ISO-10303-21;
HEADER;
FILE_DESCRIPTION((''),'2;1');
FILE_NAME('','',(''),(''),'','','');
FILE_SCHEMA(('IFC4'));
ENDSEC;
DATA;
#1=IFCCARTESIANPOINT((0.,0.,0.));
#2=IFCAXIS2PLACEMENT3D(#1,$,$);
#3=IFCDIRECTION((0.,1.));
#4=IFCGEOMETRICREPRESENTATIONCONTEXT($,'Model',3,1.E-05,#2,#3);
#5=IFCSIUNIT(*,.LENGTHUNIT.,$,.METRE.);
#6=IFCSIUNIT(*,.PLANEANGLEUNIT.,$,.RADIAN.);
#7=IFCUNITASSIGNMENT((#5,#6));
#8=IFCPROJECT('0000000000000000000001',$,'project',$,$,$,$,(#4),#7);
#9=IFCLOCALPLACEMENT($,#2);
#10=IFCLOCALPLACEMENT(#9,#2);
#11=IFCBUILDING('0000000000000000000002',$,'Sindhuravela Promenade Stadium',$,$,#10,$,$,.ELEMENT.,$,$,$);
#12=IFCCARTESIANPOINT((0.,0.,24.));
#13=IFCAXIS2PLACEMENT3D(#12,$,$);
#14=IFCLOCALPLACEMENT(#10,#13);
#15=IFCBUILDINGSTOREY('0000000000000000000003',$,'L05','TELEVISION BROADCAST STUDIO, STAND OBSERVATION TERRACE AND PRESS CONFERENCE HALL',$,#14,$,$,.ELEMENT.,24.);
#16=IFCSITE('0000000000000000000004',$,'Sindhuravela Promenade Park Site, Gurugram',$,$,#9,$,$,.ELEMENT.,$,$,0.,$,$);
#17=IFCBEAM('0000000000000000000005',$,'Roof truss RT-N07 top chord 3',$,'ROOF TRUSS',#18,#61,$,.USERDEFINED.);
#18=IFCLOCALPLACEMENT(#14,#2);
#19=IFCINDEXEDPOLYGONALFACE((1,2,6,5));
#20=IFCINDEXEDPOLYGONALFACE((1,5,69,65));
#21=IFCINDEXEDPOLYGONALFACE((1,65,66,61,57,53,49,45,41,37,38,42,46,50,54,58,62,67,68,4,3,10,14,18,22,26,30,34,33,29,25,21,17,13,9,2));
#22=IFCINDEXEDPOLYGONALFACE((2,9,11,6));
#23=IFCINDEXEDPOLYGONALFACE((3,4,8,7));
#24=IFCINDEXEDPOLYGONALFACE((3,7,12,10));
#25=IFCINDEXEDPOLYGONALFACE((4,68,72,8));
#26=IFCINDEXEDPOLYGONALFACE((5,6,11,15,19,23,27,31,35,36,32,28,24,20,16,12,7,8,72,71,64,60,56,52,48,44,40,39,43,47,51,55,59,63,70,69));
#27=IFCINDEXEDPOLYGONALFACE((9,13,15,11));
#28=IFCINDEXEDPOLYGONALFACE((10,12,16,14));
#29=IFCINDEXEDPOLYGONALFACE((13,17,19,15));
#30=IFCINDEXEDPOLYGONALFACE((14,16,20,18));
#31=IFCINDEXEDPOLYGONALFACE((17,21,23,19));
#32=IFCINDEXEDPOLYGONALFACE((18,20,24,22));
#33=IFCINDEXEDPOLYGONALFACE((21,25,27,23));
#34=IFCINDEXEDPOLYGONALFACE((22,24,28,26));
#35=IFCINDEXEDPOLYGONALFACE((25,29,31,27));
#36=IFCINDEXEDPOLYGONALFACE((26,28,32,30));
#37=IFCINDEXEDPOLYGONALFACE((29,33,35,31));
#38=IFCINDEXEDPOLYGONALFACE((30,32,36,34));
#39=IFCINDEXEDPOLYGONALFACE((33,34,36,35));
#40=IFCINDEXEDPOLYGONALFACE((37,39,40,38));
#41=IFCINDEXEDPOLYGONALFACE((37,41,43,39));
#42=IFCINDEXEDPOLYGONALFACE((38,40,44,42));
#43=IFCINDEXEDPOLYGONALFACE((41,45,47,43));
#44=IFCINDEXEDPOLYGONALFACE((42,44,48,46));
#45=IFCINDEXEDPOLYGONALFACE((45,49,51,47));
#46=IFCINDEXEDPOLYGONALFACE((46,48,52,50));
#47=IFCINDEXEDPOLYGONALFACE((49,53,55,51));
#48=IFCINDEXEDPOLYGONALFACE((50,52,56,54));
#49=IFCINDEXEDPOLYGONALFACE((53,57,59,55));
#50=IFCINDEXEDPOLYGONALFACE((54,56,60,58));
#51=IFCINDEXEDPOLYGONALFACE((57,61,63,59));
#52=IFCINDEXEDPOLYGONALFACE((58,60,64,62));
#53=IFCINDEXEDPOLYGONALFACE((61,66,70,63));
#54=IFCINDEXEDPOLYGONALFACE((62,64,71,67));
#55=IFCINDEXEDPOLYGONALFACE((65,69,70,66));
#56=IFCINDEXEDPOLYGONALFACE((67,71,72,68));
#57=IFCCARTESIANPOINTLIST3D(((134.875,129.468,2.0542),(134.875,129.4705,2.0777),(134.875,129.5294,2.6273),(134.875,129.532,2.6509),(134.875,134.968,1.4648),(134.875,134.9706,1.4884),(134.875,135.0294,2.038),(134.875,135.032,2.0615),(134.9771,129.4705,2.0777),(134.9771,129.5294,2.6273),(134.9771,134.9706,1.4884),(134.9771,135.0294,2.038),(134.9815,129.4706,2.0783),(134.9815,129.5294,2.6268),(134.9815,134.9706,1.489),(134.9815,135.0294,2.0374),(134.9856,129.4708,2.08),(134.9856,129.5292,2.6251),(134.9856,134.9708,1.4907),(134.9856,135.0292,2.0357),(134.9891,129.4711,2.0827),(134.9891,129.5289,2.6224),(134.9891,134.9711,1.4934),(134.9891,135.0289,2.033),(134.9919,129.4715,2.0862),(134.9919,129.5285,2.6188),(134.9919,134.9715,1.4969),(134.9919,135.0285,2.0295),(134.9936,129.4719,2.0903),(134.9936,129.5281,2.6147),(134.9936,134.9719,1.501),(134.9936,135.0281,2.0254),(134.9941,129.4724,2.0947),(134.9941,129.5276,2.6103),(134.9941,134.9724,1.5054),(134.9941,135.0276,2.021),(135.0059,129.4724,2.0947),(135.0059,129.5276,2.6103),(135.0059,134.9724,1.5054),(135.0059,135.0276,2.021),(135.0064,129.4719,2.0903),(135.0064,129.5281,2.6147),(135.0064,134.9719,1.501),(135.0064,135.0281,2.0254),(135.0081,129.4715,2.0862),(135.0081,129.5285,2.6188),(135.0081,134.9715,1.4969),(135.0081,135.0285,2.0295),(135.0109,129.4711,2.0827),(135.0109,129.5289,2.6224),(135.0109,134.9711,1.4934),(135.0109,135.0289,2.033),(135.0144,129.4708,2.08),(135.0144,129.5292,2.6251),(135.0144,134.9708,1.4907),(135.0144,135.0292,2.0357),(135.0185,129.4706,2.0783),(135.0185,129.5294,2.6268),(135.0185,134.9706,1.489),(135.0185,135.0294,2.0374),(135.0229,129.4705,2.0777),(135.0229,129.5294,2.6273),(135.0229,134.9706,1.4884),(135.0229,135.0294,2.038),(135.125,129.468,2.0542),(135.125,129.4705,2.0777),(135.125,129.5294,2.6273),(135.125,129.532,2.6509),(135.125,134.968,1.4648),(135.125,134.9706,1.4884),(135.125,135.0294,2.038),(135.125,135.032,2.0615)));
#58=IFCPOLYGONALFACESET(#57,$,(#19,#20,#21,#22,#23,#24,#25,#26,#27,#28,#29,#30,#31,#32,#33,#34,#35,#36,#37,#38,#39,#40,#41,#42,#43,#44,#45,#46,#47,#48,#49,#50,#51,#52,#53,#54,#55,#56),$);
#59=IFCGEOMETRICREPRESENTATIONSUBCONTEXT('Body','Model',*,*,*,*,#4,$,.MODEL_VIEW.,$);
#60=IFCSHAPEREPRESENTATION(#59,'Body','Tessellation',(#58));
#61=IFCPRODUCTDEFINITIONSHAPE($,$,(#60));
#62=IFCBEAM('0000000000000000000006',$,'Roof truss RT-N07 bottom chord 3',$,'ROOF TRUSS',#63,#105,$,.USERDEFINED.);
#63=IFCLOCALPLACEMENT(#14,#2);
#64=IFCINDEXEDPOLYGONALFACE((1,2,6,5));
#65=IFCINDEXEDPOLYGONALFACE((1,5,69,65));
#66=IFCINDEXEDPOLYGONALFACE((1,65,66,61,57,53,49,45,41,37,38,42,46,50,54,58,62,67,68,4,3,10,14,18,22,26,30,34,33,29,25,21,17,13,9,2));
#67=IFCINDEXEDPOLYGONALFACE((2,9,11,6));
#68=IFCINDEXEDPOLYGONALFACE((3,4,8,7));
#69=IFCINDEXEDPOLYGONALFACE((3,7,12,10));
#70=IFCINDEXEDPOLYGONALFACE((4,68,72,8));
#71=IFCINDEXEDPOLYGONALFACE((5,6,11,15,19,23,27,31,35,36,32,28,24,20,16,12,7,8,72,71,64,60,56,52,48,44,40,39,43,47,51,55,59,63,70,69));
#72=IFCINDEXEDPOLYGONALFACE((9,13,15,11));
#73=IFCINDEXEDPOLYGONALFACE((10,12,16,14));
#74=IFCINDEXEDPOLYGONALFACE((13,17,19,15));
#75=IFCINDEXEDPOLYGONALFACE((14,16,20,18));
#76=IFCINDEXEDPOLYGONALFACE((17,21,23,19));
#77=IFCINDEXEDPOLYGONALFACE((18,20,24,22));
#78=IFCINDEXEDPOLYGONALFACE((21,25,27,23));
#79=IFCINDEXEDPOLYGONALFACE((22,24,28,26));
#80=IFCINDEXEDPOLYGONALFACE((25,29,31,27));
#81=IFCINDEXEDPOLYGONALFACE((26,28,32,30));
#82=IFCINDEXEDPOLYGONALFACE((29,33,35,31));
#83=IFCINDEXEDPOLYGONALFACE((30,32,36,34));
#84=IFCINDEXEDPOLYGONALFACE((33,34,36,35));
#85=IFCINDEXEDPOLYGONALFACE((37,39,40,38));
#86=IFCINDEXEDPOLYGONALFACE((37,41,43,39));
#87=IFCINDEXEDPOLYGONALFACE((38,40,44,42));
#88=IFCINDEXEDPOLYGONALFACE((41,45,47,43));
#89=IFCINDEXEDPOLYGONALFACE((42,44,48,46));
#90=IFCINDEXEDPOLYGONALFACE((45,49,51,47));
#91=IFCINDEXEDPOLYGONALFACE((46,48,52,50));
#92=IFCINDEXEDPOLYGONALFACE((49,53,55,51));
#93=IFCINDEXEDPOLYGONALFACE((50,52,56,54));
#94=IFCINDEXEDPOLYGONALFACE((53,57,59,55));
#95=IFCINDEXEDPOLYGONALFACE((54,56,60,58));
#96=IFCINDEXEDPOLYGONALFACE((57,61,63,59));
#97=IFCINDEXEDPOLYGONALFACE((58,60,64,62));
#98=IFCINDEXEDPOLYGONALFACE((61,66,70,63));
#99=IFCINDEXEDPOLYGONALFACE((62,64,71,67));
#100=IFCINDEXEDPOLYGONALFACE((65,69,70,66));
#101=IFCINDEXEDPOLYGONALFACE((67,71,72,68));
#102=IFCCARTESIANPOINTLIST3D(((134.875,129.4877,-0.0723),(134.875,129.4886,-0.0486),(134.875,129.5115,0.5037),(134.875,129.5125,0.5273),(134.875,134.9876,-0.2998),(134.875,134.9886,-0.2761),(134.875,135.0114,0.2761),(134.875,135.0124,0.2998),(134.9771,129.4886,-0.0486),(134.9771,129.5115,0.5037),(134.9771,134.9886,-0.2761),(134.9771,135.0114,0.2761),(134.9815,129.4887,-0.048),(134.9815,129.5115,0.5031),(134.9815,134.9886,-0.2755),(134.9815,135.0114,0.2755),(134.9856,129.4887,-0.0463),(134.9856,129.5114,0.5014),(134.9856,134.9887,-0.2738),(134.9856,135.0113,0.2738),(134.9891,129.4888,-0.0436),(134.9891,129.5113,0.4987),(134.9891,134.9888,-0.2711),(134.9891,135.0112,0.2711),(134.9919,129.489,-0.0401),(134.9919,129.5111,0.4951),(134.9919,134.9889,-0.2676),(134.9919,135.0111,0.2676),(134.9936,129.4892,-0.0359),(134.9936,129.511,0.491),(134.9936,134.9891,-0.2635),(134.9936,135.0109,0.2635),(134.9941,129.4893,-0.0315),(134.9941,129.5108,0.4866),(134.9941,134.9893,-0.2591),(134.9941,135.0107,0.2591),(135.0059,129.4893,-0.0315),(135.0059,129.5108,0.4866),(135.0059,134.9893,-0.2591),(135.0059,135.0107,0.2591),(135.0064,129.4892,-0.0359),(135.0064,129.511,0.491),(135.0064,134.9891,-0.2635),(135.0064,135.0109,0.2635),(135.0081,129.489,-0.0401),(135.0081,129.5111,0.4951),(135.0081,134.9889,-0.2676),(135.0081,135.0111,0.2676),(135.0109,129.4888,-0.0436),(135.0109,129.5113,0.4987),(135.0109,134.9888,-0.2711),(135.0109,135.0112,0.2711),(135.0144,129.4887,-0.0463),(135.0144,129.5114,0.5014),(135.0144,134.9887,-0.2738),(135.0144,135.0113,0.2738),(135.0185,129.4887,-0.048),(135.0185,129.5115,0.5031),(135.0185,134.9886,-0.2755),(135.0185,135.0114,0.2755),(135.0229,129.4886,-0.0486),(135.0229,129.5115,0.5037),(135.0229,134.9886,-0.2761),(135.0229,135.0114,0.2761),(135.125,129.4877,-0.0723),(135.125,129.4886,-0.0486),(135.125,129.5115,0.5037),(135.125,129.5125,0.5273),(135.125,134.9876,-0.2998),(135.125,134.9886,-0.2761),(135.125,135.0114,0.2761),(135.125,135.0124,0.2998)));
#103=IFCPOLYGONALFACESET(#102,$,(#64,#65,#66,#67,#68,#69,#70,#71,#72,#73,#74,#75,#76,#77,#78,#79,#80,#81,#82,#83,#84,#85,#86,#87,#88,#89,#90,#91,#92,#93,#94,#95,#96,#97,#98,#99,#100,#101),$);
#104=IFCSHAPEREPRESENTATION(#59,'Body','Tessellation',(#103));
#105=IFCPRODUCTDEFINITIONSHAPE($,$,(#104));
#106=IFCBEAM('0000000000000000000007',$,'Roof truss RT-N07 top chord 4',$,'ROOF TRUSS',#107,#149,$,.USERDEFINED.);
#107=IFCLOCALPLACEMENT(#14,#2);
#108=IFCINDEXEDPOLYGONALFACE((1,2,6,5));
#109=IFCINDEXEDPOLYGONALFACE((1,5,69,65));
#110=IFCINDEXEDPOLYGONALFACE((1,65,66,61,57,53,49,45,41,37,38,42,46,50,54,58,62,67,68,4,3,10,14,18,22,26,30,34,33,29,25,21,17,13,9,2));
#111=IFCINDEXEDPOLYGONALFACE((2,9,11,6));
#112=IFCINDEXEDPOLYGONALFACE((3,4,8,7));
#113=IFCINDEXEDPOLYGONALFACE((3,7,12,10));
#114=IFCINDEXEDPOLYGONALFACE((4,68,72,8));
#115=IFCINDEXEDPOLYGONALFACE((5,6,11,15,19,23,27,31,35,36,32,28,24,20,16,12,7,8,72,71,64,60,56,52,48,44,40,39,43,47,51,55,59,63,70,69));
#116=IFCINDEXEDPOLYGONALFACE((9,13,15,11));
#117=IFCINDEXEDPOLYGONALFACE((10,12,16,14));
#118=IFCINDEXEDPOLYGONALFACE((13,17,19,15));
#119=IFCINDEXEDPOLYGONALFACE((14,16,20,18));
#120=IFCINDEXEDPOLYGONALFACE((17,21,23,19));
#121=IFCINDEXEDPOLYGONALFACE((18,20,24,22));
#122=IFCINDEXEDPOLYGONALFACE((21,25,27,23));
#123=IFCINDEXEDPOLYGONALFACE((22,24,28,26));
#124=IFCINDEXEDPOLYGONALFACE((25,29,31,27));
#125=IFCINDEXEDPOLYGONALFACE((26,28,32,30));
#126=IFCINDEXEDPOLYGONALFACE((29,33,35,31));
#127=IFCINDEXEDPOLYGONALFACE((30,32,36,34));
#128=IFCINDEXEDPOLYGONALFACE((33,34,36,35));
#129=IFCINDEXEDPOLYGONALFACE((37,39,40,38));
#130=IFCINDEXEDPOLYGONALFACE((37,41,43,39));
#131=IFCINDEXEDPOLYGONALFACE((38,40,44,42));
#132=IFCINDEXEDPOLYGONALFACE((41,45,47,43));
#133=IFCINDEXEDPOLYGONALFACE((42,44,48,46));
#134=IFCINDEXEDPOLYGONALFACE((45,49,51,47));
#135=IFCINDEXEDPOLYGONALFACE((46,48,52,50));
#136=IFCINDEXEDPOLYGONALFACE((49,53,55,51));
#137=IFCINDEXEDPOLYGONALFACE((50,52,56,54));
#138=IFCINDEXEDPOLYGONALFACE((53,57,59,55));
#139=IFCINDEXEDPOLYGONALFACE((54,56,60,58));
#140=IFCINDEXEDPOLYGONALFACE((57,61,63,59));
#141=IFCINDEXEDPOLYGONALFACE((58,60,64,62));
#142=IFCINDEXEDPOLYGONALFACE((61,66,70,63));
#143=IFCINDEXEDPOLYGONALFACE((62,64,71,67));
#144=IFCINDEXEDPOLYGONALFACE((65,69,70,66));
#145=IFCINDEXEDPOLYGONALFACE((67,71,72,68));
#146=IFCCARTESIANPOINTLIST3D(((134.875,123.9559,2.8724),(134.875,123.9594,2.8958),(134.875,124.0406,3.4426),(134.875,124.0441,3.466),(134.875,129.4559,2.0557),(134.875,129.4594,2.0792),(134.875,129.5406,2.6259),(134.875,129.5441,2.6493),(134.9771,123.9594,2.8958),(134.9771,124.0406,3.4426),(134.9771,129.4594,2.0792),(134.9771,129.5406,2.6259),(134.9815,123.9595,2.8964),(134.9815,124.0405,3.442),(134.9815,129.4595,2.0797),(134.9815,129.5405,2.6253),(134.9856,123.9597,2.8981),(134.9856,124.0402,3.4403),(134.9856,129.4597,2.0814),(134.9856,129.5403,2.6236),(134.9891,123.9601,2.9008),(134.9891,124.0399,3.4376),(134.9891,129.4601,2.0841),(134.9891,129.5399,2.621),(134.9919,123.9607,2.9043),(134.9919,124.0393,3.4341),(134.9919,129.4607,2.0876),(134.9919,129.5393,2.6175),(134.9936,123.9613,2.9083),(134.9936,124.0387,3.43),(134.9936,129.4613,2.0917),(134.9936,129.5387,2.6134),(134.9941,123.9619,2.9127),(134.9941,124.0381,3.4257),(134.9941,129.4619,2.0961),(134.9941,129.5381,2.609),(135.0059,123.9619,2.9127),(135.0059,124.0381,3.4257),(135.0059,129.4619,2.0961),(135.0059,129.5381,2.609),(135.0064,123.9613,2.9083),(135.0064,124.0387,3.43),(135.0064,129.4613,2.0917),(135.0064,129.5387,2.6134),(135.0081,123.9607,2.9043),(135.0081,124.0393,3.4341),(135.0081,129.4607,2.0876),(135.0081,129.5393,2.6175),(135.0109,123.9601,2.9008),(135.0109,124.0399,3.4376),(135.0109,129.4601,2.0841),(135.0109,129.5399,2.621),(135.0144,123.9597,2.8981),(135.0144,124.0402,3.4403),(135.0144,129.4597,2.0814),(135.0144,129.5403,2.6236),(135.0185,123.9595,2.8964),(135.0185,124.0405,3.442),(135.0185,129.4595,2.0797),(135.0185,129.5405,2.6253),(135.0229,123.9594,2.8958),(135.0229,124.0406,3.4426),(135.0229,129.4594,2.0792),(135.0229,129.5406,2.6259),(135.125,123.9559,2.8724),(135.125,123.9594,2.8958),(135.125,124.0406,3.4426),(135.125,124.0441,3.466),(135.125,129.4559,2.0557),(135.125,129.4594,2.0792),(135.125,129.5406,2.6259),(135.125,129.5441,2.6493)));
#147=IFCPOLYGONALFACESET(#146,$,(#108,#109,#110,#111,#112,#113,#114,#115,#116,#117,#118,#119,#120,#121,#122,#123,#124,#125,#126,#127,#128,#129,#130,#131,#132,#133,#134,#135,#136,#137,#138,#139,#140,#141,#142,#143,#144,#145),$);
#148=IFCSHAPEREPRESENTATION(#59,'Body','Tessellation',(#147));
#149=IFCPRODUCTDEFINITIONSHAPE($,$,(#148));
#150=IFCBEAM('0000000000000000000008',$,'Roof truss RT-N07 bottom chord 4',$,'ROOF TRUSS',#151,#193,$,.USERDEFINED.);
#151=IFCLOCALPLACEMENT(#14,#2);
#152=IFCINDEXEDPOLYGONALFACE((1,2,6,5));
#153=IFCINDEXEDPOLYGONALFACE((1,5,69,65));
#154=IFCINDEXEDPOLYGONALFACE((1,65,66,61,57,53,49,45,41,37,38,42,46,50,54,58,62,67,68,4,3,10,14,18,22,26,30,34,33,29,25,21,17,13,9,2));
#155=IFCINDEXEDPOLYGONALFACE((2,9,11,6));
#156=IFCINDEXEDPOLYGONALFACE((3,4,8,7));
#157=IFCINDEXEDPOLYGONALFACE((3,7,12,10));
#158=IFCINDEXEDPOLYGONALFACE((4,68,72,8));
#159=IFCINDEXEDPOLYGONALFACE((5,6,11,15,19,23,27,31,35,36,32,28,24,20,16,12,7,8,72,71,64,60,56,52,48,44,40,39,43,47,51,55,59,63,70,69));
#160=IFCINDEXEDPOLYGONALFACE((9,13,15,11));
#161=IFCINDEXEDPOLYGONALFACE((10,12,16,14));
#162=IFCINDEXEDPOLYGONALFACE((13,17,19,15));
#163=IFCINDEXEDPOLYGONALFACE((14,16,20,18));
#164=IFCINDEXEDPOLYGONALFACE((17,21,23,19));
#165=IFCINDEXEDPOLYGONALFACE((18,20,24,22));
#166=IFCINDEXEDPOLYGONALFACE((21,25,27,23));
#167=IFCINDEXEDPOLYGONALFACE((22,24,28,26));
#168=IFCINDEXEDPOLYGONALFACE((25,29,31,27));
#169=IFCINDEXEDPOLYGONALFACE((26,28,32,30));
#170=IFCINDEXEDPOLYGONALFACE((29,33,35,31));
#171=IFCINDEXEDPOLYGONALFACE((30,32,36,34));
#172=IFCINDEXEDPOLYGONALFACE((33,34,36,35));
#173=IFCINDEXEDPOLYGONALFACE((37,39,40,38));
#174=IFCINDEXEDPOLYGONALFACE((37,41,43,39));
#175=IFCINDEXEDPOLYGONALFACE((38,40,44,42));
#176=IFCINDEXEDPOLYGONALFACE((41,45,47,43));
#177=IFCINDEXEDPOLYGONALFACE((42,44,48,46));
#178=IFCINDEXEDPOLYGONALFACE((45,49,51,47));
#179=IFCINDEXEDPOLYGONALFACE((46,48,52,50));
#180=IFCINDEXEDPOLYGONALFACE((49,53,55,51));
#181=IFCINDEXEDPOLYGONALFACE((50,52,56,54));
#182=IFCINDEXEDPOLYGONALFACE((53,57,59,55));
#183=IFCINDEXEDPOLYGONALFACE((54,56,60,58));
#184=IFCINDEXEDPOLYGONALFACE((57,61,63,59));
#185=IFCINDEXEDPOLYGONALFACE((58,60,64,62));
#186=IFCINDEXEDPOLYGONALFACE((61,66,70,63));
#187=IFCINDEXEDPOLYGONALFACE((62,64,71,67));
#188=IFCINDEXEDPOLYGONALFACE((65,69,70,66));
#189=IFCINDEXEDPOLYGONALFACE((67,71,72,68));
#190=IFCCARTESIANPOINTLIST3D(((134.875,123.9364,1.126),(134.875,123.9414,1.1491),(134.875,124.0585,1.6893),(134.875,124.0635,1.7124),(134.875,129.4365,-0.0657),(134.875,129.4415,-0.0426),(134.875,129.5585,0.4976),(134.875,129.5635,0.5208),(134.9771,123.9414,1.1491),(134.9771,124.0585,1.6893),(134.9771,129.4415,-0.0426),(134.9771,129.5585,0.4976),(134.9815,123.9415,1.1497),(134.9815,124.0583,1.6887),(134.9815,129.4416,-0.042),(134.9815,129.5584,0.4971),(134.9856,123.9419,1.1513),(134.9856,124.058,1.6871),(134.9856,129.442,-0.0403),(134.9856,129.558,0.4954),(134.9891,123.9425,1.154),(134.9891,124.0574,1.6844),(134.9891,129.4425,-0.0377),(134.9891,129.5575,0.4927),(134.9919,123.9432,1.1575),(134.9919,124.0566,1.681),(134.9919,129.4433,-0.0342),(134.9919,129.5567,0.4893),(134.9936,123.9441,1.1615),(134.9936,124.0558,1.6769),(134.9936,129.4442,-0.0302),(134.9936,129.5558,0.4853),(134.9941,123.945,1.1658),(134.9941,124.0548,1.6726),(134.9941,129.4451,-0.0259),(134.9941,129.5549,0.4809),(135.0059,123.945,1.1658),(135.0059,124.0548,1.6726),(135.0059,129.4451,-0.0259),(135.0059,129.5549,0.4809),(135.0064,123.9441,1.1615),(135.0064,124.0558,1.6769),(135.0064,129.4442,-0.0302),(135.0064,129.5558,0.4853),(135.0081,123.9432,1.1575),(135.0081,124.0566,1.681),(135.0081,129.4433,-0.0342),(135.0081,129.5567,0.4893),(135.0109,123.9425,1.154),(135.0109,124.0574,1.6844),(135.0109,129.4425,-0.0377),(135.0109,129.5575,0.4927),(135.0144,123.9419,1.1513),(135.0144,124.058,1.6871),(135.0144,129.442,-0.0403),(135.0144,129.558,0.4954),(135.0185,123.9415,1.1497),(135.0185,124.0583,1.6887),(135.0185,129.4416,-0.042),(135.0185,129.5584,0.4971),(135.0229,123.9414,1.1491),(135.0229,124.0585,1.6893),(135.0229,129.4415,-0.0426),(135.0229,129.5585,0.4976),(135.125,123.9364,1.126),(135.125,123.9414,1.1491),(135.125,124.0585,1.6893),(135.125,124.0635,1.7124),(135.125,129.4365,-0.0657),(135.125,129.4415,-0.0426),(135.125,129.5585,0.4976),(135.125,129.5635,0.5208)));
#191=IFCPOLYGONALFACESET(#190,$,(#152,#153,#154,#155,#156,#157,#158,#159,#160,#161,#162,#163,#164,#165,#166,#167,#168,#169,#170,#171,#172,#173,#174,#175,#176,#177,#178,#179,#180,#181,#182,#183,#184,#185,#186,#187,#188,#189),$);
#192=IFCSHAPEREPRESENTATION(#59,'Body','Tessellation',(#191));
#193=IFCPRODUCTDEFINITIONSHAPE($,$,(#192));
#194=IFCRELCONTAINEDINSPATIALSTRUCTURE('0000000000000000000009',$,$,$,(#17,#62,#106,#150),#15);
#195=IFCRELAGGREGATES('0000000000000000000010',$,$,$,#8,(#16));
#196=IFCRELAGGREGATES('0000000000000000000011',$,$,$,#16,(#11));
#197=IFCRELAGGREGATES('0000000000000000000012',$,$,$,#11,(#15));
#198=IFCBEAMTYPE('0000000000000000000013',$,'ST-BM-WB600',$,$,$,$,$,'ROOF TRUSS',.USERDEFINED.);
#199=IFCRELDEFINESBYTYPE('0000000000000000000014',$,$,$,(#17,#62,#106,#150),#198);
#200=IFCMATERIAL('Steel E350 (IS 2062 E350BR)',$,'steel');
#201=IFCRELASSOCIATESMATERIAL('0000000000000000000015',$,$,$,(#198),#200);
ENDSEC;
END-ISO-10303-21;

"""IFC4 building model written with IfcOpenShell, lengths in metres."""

from ifc_helpers import new_model, si_unit, direction, frame, origin, origin_2d, place, context, subcontext, project, spatial, i_section, extrude, material, material_profile, profile_set, type_object, element, save


model = new_model("IFC4")

# Units and contexts
model_context = context("Model", 3, precision=1e-05, world=origin(), true_north=direction((0.0, 1.0)))
body_context = subcontext(model_context, "Body", "Model", "MODEL_VIEW")
ifc_project = project(units=[si_unit("LENGTHUNIT", "METRE"), si_unit("PLANEANGLEUNIT", "RADIAN")], contexts=[model_context])

# Site, building, storey
site_placement = place(None, origin())
site = spatial("IfcSite", under=ifc_project, at=site_placement, Name="Sindhuravela Promenade Park Site, Gurugram", CompositionType="ELEMENT", RefElevation=0.0)
building_placement = place(site_placement, origin())
building = spatial("IfcBuilding", under=site, at=building_placement, Name="Sindhuravela Promenade Stadium", CompositionType="ELEMENT")
storey_placement = place(building_placement, frame((0.0, 0.0, 24.0)))
storey = spatial("IfcBuildingStorey", under=building, at=storey_placement, Name="L05", Description="TELEVISION BROADCAST STUDIO, STAND OBSERVATION TERRACE AND PRESS CONFERENCE HALL", CompositionType="ELEMENT", Elevation=24.0)

# Beams
ifc_material_1 = material(Name="Steel E350 (IS 2062 E350BR)", Category="steel")
ifc_material_profile_1 = material_profile(ifc_material_1, i_section(OverallWidth=0.25, OverallDepth=0.6001, WebThickness=0.0117, FlangeThickness=0.0237, FilletRadius=0.0171, at=origin_2d()), Name="ISWB 600")
ifc_profile_set_1 = profile_set([ifc_material_profile_1], Name="Steel E350 (IS 2062 E350BR)")
beam_type = type_object("IfcBeamType", Name="ST-BM-WB600", ElementType="ROOF TRUSS", PredefinedType="USERDEFINED", material=ifc_profile_set_1)
beam_1_placement = place(storey_placement, frame((135.0, 135.0, 1.7632), z_axis=(0.0, -0.994308, 0.106546), x_axis=(1.0, 0.0, 0.0)))
element("IfcBeam", 1, at=beam_1_placement, inside=storey, type_object=beam_type, Name="Roof truss RT-N07 top chord 3", ObjectType="ROOF TRUSS", PredefinedType="USERDEFINED", context=body_context, shape_type="SweptSolid", body=[
    extrude(i_section(OverallWidth=0.25, OverallDepth=0.6001, WebThickness=0.0117, FlangeThickness=0.0237, FilletRadius=0.0171, at=origin_2d()), origin(), (0.0, 0.0, 1.0), 5.5315),
])
beam_2_placement = place(storey_placement, frame((135.0, 135.0, 0.0), z_axis=(0.0, -0.999145, 0.041335), x_axis=(1.0, 0.0, 0.0)))
element("IfcBeam", 2, at=beam_2_placement, inside=storey, type_object=beam_type, Name="Roof truss RT-N07 bottom chord 3", ObjectType="ROOF TRUSS", PredefinedType="USERDEFINED", context=body_context, shape_type="SweptSolid", body=[
    extrude(i_section(OverallWidth=0.25, OverallDepth=0.6001, WebThickness=0.0117, FlangeThickness=0.0237, FilletRadius=0.0171, at=origin_2d()), origin(), (0.0, 0.0, 1.0), 5.5046),
])
beam_3_placement = place(storey_placement, frame((135.0, 129.5, 2.3525), z_axis=(0.0, -0.989156, 0.146872), x_axis=(1.0, 0.0, 0.0)))
element("IfcBeam", 3, at=beam_3_placement, inside=storey, type_object=beam_type, Name="Roof truss RT-N07 top chord 4", ObjectType="ROOF TRUSS", PredefinedType="USERDEFINED", context=body_context, shape_type="SweptSolid", body=[
    extrude(i_section(OverallWidth=0.25, OverallDepth=0.6001, WebThickness=0.0117, FlangeThickness=0.0237, FilletRadius=0.0171, at=origin_2d()), origin(), (0.0, 0.0, 1.0), 5.5603),
])
beam_4_placement = place(storey_placement, frame((135.0, 129.5, 0.2275), z_axis=(0.0, -0.977324, 0.211751), x_axis=(1.0, 0.0, 0.0)))
element("IfcBeam", 4, at=beam_4_placement, inside=storey, type_object=beam_type, Name="Roof truss RT-N07 bottom chord 4", ObjectType="ROOF TRUSS", PredefinedType="USERDEFINED", context=body_context, shape_type="SweptSolid", body=[
    extrude(i_section(OverallWidth=0.25, OverallDepth=0.6001, WebThickness=0.0117, FlangeThickness=0.0237, FilletRadius=0.0171, at=origin_2d()), origin(), (0.0, 0.0, 1.0), 5.6277),
])

save(model, "model.ifc")
